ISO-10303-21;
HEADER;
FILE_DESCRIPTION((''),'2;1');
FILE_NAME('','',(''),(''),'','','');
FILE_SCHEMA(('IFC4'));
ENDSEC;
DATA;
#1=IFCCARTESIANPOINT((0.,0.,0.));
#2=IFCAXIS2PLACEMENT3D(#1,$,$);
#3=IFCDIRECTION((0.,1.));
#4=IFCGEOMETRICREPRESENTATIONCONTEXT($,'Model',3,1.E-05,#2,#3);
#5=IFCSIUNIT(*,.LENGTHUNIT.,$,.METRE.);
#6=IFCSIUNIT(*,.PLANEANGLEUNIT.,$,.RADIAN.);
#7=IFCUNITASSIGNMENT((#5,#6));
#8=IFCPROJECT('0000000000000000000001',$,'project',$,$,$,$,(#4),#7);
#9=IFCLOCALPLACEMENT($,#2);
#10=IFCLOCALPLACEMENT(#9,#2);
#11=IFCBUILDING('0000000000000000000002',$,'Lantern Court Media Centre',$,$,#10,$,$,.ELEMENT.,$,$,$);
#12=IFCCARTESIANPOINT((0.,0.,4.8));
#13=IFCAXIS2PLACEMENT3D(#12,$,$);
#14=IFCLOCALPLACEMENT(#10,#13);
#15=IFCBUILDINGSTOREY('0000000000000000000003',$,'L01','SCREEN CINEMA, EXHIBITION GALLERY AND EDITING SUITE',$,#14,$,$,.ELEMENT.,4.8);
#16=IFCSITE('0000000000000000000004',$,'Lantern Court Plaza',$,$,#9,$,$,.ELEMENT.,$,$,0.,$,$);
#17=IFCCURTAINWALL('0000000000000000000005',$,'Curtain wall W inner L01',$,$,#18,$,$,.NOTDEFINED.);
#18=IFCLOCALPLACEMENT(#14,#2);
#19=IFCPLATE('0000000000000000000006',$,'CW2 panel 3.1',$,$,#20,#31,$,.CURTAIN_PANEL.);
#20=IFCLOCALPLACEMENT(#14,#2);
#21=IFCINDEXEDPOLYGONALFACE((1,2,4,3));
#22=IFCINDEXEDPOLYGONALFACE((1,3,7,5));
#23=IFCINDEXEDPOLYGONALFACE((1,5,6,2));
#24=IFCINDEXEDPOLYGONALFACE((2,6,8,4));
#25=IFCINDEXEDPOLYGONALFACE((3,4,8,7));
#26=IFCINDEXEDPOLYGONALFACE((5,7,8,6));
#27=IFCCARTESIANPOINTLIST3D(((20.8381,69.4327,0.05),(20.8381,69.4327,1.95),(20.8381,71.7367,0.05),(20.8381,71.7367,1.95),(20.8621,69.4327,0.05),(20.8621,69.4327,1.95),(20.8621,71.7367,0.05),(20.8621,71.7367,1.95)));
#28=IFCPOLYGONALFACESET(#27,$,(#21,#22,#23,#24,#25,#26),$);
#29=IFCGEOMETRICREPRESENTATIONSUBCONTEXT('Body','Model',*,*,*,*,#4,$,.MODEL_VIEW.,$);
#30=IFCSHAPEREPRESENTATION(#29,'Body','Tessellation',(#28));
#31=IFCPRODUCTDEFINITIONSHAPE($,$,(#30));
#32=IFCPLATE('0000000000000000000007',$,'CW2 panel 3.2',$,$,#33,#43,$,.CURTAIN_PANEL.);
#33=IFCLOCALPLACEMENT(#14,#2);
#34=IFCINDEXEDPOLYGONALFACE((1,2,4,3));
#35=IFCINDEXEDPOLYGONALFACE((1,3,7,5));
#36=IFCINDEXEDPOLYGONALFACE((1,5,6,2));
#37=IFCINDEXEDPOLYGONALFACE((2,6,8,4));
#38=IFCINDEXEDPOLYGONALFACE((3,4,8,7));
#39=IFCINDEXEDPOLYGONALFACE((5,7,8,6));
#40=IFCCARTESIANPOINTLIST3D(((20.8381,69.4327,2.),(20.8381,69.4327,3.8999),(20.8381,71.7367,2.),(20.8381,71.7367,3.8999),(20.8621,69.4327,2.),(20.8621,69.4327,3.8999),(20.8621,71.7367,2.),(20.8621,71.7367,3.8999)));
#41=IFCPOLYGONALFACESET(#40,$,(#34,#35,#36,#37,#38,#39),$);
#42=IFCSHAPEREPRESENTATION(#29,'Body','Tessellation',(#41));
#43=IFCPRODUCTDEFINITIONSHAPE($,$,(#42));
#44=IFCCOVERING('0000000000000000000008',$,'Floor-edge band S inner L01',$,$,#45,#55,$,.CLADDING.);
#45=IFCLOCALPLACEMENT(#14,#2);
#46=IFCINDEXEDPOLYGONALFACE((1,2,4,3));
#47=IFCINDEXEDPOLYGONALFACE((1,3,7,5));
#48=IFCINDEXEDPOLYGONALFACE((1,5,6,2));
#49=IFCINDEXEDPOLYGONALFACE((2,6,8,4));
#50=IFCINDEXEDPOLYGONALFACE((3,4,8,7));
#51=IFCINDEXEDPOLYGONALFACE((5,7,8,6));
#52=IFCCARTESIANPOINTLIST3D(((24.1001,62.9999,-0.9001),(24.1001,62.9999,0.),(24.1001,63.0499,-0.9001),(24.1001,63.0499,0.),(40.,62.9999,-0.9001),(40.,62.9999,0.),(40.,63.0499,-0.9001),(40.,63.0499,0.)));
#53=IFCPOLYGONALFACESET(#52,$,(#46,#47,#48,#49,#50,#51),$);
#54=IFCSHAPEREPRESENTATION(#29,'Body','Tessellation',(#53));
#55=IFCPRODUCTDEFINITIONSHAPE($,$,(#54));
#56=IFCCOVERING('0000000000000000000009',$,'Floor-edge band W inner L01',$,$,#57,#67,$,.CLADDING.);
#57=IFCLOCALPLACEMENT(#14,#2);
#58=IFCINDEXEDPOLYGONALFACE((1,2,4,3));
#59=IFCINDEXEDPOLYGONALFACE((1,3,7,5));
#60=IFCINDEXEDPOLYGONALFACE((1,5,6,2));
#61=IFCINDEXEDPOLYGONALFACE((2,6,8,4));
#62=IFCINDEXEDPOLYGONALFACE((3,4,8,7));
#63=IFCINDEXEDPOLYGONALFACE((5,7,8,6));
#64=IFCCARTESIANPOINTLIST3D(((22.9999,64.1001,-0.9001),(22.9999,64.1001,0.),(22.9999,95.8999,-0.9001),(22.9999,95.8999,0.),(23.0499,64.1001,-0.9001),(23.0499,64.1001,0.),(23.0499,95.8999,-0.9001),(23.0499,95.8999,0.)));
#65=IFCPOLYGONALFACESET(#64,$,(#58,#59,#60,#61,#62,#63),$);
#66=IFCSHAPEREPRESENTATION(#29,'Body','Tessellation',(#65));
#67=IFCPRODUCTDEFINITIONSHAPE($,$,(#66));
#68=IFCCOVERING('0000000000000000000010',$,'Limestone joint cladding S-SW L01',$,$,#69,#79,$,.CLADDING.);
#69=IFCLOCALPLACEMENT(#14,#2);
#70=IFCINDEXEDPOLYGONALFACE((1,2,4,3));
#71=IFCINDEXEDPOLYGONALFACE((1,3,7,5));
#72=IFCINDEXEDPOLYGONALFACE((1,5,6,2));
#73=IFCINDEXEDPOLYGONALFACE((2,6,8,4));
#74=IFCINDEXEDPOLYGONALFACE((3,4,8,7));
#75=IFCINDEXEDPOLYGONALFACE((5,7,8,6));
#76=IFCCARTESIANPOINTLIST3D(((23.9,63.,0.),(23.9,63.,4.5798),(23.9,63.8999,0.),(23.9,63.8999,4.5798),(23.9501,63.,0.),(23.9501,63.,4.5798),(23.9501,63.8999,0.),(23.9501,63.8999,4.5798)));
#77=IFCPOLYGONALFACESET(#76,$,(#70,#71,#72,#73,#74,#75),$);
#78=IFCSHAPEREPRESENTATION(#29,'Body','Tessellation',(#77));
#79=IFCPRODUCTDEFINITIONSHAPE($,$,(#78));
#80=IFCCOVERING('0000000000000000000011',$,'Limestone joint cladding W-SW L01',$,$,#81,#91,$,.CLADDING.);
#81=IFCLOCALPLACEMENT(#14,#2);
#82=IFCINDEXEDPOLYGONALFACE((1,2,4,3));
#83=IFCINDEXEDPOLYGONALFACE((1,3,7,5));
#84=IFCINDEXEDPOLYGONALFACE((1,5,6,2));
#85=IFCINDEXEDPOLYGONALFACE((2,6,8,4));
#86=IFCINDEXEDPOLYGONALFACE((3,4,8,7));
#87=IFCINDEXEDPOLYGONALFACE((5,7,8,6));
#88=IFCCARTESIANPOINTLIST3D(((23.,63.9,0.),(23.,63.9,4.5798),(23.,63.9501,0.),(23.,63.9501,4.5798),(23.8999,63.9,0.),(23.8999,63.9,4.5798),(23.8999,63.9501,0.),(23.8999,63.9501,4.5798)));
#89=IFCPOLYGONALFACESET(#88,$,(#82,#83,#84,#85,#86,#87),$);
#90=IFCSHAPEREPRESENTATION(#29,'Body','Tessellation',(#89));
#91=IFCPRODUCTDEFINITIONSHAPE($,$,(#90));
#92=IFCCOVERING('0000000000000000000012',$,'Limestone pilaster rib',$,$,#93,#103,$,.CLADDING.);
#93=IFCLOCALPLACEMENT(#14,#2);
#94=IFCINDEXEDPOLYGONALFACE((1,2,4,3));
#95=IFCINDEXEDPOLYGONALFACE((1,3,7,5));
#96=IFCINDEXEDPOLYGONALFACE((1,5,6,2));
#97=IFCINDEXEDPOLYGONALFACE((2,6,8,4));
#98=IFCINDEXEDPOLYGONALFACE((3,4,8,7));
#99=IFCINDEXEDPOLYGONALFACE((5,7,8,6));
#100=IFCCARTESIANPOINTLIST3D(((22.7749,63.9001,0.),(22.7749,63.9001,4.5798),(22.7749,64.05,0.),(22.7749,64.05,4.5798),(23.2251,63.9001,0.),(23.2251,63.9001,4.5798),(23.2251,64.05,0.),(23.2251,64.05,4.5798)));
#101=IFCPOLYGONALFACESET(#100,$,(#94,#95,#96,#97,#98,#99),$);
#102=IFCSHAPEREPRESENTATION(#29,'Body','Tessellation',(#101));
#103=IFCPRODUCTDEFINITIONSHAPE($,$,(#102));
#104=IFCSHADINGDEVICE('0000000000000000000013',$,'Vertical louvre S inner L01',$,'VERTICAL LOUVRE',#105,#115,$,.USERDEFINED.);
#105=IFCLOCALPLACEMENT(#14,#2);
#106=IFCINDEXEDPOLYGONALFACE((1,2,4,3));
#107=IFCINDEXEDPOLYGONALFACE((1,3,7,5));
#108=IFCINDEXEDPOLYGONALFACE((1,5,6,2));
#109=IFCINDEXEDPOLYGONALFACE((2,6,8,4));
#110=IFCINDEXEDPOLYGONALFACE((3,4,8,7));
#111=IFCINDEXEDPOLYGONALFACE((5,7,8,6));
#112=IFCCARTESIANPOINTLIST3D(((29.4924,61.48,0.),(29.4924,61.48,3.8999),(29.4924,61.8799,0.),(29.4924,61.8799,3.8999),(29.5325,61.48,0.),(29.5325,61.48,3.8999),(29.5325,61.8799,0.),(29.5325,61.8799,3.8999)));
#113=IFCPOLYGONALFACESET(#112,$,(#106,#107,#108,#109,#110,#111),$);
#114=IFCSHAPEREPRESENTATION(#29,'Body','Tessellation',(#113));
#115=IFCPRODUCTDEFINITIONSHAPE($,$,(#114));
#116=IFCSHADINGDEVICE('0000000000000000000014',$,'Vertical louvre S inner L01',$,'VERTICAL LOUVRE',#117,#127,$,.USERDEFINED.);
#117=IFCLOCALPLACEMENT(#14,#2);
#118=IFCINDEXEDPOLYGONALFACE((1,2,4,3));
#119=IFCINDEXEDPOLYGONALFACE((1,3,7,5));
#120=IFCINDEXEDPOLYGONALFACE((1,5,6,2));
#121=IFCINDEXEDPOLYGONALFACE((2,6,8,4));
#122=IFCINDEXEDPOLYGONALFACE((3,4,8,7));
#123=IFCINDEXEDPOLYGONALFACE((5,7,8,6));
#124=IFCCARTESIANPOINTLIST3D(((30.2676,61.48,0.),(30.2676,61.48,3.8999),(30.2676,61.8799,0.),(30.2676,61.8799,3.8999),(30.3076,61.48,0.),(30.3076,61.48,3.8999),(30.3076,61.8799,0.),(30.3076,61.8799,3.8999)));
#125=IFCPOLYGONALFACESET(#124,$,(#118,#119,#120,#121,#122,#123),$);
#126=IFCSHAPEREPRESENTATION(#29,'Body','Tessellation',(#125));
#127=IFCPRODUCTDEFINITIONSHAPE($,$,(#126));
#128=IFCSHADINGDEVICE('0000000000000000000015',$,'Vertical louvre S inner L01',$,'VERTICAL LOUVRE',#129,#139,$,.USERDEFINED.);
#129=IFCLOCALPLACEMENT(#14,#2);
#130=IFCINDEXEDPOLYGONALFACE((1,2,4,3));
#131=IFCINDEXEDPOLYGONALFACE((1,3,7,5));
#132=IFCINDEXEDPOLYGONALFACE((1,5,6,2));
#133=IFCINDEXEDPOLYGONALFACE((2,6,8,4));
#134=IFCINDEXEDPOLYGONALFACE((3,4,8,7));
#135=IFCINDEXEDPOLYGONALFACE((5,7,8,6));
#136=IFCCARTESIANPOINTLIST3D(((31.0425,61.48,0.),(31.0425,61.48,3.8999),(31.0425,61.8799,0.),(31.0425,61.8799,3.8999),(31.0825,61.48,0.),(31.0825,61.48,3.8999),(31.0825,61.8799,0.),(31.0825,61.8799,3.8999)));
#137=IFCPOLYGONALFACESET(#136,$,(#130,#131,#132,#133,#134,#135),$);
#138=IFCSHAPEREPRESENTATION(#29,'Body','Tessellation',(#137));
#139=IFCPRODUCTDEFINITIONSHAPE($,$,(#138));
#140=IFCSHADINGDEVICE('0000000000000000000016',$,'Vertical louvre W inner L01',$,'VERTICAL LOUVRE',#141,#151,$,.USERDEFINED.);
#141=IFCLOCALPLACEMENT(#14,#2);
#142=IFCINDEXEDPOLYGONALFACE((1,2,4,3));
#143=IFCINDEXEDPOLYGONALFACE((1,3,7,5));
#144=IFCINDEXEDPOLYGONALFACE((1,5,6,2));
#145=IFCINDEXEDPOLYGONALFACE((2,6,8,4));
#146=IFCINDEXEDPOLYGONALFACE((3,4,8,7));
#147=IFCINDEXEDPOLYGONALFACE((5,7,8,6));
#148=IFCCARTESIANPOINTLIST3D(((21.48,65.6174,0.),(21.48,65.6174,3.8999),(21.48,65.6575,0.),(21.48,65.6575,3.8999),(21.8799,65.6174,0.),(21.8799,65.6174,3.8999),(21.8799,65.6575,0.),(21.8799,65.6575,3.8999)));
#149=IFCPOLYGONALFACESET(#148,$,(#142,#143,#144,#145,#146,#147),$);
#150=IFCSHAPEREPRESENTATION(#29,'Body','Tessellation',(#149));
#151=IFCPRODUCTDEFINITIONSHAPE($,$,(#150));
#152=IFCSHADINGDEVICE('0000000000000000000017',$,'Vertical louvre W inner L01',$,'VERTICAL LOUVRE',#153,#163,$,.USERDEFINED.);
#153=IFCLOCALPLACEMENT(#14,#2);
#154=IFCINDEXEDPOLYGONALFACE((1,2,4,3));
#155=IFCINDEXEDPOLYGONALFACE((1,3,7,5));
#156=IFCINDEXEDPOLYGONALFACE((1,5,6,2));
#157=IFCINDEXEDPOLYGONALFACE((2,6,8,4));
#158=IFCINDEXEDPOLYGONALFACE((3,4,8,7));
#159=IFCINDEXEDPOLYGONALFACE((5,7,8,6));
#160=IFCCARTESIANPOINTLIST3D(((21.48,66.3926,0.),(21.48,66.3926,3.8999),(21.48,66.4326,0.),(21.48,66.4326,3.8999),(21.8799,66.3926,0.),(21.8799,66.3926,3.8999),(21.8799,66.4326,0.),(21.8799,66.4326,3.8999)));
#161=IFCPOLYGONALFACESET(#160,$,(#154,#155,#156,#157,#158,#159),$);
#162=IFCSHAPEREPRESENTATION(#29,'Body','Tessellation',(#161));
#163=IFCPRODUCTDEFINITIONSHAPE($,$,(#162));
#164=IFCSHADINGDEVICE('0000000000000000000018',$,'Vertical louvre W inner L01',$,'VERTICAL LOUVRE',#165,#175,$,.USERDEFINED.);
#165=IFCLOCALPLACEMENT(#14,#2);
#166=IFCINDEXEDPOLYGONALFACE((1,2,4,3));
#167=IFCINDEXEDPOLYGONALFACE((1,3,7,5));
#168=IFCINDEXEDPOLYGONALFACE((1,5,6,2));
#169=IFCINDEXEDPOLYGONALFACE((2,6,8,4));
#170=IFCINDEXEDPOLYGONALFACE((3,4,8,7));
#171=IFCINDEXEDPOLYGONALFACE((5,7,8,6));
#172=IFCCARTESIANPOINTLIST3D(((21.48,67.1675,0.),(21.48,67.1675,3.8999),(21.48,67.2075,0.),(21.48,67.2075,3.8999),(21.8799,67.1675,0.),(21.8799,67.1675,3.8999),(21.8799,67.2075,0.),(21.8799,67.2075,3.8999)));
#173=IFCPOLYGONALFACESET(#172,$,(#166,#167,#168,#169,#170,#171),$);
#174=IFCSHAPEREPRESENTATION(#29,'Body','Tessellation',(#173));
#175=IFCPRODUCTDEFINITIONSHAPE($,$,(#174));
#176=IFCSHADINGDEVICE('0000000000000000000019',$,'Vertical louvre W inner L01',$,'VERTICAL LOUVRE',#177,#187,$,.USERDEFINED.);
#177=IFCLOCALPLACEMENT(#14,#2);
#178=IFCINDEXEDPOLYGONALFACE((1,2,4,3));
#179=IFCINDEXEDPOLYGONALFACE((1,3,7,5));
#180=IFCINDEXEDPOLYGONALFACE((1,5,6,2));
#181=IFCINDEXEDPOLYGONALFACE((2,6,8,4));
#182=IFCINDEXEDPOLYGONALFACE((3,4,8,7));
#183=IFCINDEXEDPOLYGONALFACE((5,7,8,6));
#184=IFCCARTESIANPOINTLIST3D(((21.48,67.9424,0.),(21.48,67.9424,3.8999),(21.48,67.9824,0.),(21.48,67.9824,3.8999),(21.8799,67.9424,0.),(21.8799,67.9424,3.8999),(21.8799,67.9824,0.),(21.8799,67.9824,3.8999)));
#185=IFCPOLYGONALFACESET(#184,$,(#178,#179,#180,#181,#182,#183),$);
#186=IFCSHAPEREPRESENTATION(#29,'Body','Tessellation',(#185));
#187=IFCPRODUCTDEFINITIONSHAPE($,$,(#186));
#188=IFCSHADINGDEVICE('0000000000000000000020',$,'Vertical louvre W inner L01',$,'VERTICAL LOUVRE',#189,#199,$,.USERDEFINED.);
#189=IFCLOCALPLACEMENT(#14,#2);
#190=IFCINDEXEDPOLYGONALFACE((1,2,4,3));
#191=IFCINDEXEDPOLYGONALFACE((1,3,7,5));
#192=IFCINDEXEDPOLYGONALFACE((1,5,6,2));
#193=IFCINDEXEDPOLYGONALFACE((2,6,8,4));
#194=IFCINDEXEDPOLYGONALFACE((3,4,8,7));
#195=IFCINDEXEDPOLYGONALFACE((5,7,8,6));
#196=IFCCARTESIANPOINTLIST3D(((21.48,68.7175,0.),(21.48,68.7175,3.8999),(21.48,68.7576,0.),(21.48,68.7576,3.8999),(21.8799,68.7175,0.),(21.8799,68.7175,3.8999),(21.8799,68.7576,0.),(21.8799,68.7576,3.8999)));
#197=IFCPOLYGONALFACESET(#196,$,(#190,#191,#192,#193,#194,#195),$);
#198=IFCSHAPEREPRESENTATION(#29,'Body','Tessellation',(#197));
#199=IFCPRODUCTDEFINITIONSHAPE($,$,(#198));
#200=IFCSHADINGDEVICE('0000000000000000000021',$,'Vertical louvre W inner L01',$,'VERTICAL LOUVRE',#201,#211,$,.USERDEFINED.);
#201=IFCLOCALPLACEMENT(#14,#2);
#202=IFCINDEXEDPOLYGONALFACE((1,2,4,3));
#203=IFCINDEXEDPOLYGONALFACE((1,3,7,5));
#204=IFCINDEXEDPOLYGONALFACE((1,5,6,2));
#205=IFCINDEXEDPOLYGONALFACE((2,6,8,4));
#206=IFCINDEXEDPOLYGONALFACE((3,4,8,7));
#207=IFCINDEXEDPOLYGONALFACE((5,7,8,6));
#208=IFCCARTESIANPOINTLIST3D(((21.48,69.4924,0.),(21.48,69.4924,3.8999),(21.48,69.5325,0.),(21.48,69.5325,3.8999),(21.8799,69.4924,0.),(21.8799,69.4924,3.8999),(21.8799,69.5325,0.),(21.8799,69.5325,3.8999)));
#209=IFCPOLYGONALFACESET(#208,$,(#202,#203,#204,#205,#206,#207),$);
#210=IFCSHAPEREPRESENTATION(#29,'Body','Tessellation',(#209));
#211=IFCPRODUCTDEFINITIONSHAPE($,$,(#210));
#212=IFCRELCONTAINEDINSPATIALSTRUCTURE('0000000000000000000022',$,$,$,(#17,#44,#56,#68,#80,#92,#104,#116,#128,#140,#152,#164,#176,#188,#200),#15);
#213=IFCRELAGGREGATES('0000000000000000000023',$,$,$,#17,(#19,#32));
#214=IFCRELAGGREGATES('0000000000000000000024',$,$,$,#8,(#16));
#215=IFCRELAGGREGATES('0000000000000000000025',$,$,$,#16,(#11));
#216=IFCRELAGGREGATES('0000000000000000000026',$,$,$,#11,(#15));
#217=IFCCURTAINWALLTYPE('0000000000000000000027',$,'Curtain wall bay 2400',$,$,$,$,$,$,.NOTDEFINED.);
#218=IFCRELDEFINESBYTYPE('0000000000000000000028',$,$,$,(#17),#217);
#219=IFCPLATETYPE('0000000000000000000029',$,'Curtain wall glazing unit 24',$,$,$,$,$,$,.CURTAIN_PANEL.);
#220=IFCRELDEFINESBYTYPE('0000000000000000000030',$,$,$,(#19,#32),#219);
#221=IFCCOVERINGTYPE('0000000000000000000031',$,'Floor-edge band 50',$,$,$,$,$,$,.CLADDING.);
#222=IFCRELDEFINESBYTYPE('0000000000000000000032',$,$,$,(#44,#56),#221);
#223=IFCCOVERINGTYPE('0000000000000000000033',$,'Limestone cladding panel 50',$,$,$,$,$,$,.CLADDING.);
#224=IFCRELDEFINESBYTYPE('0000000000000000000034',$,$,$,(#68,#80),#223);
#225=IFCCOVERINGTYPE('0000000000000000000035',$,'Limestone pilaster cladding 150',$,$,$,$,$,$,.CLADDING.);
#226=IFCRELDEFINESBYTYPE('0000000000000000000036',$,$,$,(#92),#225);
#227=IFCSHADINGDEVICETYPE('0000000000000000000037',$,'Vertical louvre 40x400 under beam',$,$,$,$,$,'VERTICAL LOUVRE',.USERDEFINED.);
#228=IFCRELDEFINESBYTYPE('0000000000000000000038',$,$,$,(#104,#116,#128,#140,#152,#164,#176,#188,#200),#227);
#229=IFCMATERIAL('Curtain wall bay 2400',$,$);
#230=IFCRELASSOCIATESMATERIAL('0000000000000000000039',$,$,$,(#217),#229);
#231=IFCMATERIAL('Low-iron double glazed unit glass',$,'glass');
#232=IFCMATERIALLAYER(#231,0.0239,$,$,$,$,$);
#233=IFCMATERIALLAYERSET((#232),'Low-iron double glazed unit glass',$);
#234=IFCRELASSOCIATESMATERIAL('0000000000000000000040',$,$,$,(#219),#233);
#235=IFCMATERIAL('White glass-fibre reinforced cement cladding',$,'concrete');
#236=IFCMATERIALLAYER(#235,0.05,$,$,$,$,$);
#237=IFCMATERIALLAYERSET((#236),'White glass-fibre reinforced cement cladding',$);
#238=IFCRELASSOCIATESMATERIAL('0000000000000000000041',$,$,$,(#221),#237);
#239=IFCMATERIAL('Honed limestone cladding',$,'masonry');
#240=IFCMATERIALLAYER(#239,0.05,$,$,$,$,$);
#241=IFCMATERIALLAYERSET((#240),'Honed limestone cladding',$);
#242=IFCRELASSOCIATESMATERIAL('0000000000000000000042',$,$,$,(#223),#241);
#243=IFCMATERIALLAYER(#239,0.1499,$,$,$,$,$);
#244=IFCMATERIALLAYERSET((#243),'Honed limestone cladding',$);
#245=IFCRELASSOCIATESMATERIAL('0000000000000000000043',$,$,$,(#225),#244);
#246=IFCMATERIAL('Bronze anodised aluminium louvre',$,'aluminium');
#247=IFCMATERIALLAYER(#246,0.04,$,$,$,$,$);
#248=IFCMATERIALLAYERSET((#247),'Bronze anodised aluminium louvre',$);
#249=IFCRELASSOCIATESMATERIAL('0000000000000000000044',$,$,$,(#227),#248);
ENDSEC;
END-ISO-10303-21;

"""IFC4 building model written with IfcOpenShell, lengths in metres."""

from ifc_helpers import new_model, si_unit, direction, frame, frame_2d, origin, origin_2d, place, context, subcontext, project, spatial, rectangle, extrude, material, layer, layer_set, type_object, element, aggregate, save


model = new_model("IFC4")

# Units and contexts
model_context = context("Model", 3, precision=1e-05, world=origin(), true_north=direction((0.0, 1.0)))
body_context = subcontext(model_context, "Body", "Model", "MODEL_VIEW")
ifc_project = project(units=[si_unit("LENGTHUNIT", "METRE"), si_unit("PLANEANGLEUNIT", "RADIAN")], contexts=[model_context])

# Site, building, storey
site_placement = place(None, origin())
site = spatial("IfcSite", under=ifc_project, at=site_placement, Name="Lantern Court Plaza", CompositionType="ELEMENT", RefElevation=0.0)
building_placement = place(site_placement, origin())
building = spatial("IfcBuilding", under=site, at=building_placement, Name="Lantern Court Media Centre", CompositionType="ELEMENT")
storey_placement = place(building_placement, frame((0.0, 0.0, 4.8)))
storey = spatial("IfcBuildingStorey", under=building, at=storey_placement, Name="L01", Description="SCREEN CINEMA, EXHIBITION GALLERY AND EDITING SUITE", CompositionType="ELEMENT", Elevation=4.8)

# Curtain wall
ifc_material_1 = material(Name="Curtain wall bay 2400")
curtain_wall_type = type_object("IfcCurtainWallType", Name="Curtain wall bay 2400", PredefinedType="NOTDEFINED", material=ifc_material_1)
curtain_wall_placement = place(storey_placement, origin())
curtain_wall = element("IfcCurtainWall", 1, at=curtain_wall_placement, inside=storey, type_object=curtain_wall_type, Name="Curtain wall W inner L01", PredefinedType="NOTDEFINED")

# Plates
ifc_material_2 = material(Name="Low-iron double glazed unit glass", Category="glass")
ifc_layer_1 = layer(ifc_material_2, 0.0239)
ifc_layer_set_1 = layer_set([ifc_layer_1], Name="Low-iron double glazed unit glass")
plate_type = type_object("IfcPlateType", Name="Curtain wall glazing unit 24", PredefinedType="CURTAIN_PANEL", material=ifc_layer_set_1)
plate_1_placement = place(storey_placement, frame((20.8501, 70.5847, 0.05), z_axis=(0.0, 0.0, 1.0), x_axis=(0.0, 1.0, 0.0)))
plate_1 = element("IfcPlate", 2, at=plate_1_placement, type_object=plate_type, Name="CW2 panel 3.1", PredefinedType="CURTAIN_PANEL", context=body_context, shape_type="SweptSolid", body=[
    extrude(rectangle(XDim=2.304, YDim=0.0239, at=origin_2d()), origin(), (0.0, 0.0, 1.0), 1.8999),
])
plate_2_placement = place(storey_placement, frame((20.8501, 70.5847, 2.0), z_axis=(0.0, 0.0, 1.0), x_axis=(0.0, 1.0, 0.0)))
plate_2 = element("IfcPlate", 3, at=plate_2_placement, type_object=plate_type, Name="CW2 panel 3.2", PredefinedType="CURTAIN_PANEL", context=body_context, shape_type="SweptSolid", body=[
    extrude(rectangle(XDim=2.304, YDim=0.0239, at=origin_2d()), origin(), (0.0, 0.0, 1.0), 1.8999),
])
aggregate(curtain_wall, [plate_1, plate_2])

# Coverings
ifc_material_3 = material(Name="White glass-fibre reinforced cement cladding", Category="concrete")
ifc_layer_2 = layer(ifc_material_3, 0.05)
ifc_layer_set_2 = layer_set([ifc_layer_2], Name="White glass-fibre reinforced cement cladding")
covering_type_1 = type_object("IfcCoveringType", Name="Floor-edge band 50", PredefinedType="CLADDING", material=ifc_layer_set_2)
covering_1_placement = place(storey_placement, frame((24.1001, 63.0249, -0.9001), z_axis=(0.0, 0.0, 1.0), x_axis=(1.0, 0.0, 0.0)))
element("IfcCovering", 4, at=covering_1_placement, inside=storey, type_object=covering_type_1, Name="Floor-edge band S inner L01", PredefinedType="CLADDING", context=body_context, shape_type="SweptSolid", body=[
    extrude(rectangle(XDim=15.8999, YDim=0.05, at=frame_2d((7.95, 0.0))), origin(), (0.0, 0.0, 1.0), 0.9001),
])
covering_2_placement = place(storey_placement, frame((23.0249, 64.1001, -0.9001), z_axis=(0.0, 0.0, 1.0), x_axis=(0.0, 1.0, 0.0)))
element("IfcCovering", 5, at=covering_2_placement, inside=storey, type_object=covering_type_1, Name="Floor-edge band W inner L01", PredefinedType="CLADDING", context=body_context, shape_type="SweptSolid", body=[
    extrude(rectangle(XDim=31.7998, YDim=0.05, at=frame_2d((15.8999, 0.0))), origin(), (0.0, 0.0, 1.0), 0.9001),
])

# Coverings
ifc_material_4 = material(Name="Honed limestone cladding", Category="masonry")
ifc_layer_3 = layer(ifc_material_4, 0.05)
ifc_layer_set_3 = layer_set([ifc_layer_3], Name="Honed limestone cladding")
covering_type_2 = type_object("IfcCoveringType", Name="Limestone cladding panel 50", PredefinedType="CLADDING", material=ifc_layer_set_3)
for number, where, z_axis, x_axis, name in (
    (6, (23.925, 63.0, 0.0), (0.0, 0.0, 1.0), (0.0, 1.0, 0.0), "Limestone joint cladding S-SW L01"),
    (7, (23.0, 63.925, 0.0), (0.0, 0.0, 1.0), (1.0, 0.0, 0.0), "Limestone joint cladding W-SW L01"),
):
    element("IfcCovering", number, at=place(storey_placement, frame(where, z_axis=z_axis, x_axis=x_axis)), inside=storey, type_object=covering_type_2, Name=name, PredefinedType="CLADDING", context=body_context, shape_type="SweptSolid", body=[
        extrude(rectangle(XDim=0.8999, YDim=0.05, at=frame_2d((0.45, 0.0))), origin(), (0.0, 0.0, 1.0), 4.5798),
    ])
ifc_layer_4 = layer(ifc_material_4, 0.1499)
ifc_layer_set_4 = layer_set([ifc_layer_4], Name="Honed limestone cladding")
covering_type_3 = type_object("IfcCoveringType", Name="Limestone pilaster cladding 150", PredefinedType="CLADDING", material=ifc_layer_set_4)
covering_3_placement = place(storey_placement, frame((22.7749, 63.9751, 0.0), z_axis=(0.0, 0.0, 1.0), x_axis=(1.0, 0.0, 0.0)))
element("IfcCovering", 8, at=covering_3_placement, inside=storey, type_object=covering_type_3, Name="Limestone pilaster rib", PredefinedType="CLADDING", context=body_context, shape_type="SweptSolid", body=[
    extrude(rectangle(XDim=0.4502, YDim=0.1499, at=frame_2d((0.2251, 0.0))), origin(), (0.0, 0.0, 1.0), 4.5798),
])

# Shading devices
ifc_material_5 = material(Name="Bronze anodised aluminium louvre", Category="aluminium")
ifc_layer_5 = layer(ifc_material_5, 0.04)
ifc_layer_set_5 = layer_set([ifc_layer_5], Name="Bronze anodised aluminium louvre")
shading_device_type = type_object("IfcShadingDeviceType", Name="Vertical louvre 40x400 under beam", ElementType="VERTICAL LOUVRE", PredefinedType="USERDEFINED", material=ifc_layer_set_5)
for number, where, z_axis, x_axis, name in (
    (9, (29.5125, 61.6799, 0.0), (0.0, 0.0, 1.0), (1.0, 0.0, 0.0), "Vertical louvre S inner L01"),
    (10, (30.2876, 61.6799, 0.0), (0.0, 0.0, 1.0), (1.0, 0.0, 0.0), "Vertical louvre S inner L01"),
    (11, (31.0625, 61.6799, 0.0), (0.0, 0.0, 1.0), (1.0, 0.0, 0.0), "Vertical louvre S inner L01"),
):
    element("IfcShadingDevice", number, at=place(storey_placement, frame(where, z_axis=z_axis, x_axis=x_axis)), inside=storey, type_object=shading_device_type, Name=name, ObjectType="VERTICAL LOUVRE", PredefinedType="USERDEFINED", context=body_context, shape_type="SweptSolid", body=[
        extrude(rectangle(XDim=0.04, YDim=0.3999, at=origin_2d()), origin(), (0.0, 0.0, 1.0), 3.8999),
    ])
for number, where, z_axis, x_axis, name in (
    (12, (21.6799, 65.6375, 0.0), (0.0, 0.0, 1.0), (1.0, 0.0, 0.0), "Vertical louvre W inner L01"),
    (13, (21.6799, 66.4126, 0.0), (0.0, 0.0, 1.0), (1.0, 0.0, 0.0), "Vertical louvre W inner L01"),
    (14, (21.6799, 67.1875, 0.0), (0.0, 0.0, 1.0), (1.0, 0.0, 0.0), "Vertical louvre W inner L01"),
    (15, (21.6799, 67.9624, 0.0), (0.0, 0.0, 1.0), (1.0, 0.0, 0.0), "Vertical louvre W inner L01"),
    (16, (21.6799, 68.7375, 0.0), (0.0, 0.0, 1.0), (1.0, 0.0, 0.0), "Vertical louvre W inner L01"),
    (17, (21.6799, 69.5125, 0.0), (0.0, 0.0, 1.0), (1.0, 0.0, 0.0), "Vertical louvre W inner L01"),
):
    element("IfcShadingDevice", number, at=place(storey_placement, frame(where, z_axis=z_axis, x_axis=x_axis)), inside=storey, type_object=shading_device_type, Name=name, ObjectType="VERTICAL LOUVRE", PredefinedType="USERDEFINED", context=body_context, shape_type="SweptSolid", body=[
        extrude(rectangle(XDim=0.3999, YDim=0.04, at=origin_2d()), origin(), (0.0, 0.0, 1.0), 3.8999),
    ])

save(model, "model.ifc")
